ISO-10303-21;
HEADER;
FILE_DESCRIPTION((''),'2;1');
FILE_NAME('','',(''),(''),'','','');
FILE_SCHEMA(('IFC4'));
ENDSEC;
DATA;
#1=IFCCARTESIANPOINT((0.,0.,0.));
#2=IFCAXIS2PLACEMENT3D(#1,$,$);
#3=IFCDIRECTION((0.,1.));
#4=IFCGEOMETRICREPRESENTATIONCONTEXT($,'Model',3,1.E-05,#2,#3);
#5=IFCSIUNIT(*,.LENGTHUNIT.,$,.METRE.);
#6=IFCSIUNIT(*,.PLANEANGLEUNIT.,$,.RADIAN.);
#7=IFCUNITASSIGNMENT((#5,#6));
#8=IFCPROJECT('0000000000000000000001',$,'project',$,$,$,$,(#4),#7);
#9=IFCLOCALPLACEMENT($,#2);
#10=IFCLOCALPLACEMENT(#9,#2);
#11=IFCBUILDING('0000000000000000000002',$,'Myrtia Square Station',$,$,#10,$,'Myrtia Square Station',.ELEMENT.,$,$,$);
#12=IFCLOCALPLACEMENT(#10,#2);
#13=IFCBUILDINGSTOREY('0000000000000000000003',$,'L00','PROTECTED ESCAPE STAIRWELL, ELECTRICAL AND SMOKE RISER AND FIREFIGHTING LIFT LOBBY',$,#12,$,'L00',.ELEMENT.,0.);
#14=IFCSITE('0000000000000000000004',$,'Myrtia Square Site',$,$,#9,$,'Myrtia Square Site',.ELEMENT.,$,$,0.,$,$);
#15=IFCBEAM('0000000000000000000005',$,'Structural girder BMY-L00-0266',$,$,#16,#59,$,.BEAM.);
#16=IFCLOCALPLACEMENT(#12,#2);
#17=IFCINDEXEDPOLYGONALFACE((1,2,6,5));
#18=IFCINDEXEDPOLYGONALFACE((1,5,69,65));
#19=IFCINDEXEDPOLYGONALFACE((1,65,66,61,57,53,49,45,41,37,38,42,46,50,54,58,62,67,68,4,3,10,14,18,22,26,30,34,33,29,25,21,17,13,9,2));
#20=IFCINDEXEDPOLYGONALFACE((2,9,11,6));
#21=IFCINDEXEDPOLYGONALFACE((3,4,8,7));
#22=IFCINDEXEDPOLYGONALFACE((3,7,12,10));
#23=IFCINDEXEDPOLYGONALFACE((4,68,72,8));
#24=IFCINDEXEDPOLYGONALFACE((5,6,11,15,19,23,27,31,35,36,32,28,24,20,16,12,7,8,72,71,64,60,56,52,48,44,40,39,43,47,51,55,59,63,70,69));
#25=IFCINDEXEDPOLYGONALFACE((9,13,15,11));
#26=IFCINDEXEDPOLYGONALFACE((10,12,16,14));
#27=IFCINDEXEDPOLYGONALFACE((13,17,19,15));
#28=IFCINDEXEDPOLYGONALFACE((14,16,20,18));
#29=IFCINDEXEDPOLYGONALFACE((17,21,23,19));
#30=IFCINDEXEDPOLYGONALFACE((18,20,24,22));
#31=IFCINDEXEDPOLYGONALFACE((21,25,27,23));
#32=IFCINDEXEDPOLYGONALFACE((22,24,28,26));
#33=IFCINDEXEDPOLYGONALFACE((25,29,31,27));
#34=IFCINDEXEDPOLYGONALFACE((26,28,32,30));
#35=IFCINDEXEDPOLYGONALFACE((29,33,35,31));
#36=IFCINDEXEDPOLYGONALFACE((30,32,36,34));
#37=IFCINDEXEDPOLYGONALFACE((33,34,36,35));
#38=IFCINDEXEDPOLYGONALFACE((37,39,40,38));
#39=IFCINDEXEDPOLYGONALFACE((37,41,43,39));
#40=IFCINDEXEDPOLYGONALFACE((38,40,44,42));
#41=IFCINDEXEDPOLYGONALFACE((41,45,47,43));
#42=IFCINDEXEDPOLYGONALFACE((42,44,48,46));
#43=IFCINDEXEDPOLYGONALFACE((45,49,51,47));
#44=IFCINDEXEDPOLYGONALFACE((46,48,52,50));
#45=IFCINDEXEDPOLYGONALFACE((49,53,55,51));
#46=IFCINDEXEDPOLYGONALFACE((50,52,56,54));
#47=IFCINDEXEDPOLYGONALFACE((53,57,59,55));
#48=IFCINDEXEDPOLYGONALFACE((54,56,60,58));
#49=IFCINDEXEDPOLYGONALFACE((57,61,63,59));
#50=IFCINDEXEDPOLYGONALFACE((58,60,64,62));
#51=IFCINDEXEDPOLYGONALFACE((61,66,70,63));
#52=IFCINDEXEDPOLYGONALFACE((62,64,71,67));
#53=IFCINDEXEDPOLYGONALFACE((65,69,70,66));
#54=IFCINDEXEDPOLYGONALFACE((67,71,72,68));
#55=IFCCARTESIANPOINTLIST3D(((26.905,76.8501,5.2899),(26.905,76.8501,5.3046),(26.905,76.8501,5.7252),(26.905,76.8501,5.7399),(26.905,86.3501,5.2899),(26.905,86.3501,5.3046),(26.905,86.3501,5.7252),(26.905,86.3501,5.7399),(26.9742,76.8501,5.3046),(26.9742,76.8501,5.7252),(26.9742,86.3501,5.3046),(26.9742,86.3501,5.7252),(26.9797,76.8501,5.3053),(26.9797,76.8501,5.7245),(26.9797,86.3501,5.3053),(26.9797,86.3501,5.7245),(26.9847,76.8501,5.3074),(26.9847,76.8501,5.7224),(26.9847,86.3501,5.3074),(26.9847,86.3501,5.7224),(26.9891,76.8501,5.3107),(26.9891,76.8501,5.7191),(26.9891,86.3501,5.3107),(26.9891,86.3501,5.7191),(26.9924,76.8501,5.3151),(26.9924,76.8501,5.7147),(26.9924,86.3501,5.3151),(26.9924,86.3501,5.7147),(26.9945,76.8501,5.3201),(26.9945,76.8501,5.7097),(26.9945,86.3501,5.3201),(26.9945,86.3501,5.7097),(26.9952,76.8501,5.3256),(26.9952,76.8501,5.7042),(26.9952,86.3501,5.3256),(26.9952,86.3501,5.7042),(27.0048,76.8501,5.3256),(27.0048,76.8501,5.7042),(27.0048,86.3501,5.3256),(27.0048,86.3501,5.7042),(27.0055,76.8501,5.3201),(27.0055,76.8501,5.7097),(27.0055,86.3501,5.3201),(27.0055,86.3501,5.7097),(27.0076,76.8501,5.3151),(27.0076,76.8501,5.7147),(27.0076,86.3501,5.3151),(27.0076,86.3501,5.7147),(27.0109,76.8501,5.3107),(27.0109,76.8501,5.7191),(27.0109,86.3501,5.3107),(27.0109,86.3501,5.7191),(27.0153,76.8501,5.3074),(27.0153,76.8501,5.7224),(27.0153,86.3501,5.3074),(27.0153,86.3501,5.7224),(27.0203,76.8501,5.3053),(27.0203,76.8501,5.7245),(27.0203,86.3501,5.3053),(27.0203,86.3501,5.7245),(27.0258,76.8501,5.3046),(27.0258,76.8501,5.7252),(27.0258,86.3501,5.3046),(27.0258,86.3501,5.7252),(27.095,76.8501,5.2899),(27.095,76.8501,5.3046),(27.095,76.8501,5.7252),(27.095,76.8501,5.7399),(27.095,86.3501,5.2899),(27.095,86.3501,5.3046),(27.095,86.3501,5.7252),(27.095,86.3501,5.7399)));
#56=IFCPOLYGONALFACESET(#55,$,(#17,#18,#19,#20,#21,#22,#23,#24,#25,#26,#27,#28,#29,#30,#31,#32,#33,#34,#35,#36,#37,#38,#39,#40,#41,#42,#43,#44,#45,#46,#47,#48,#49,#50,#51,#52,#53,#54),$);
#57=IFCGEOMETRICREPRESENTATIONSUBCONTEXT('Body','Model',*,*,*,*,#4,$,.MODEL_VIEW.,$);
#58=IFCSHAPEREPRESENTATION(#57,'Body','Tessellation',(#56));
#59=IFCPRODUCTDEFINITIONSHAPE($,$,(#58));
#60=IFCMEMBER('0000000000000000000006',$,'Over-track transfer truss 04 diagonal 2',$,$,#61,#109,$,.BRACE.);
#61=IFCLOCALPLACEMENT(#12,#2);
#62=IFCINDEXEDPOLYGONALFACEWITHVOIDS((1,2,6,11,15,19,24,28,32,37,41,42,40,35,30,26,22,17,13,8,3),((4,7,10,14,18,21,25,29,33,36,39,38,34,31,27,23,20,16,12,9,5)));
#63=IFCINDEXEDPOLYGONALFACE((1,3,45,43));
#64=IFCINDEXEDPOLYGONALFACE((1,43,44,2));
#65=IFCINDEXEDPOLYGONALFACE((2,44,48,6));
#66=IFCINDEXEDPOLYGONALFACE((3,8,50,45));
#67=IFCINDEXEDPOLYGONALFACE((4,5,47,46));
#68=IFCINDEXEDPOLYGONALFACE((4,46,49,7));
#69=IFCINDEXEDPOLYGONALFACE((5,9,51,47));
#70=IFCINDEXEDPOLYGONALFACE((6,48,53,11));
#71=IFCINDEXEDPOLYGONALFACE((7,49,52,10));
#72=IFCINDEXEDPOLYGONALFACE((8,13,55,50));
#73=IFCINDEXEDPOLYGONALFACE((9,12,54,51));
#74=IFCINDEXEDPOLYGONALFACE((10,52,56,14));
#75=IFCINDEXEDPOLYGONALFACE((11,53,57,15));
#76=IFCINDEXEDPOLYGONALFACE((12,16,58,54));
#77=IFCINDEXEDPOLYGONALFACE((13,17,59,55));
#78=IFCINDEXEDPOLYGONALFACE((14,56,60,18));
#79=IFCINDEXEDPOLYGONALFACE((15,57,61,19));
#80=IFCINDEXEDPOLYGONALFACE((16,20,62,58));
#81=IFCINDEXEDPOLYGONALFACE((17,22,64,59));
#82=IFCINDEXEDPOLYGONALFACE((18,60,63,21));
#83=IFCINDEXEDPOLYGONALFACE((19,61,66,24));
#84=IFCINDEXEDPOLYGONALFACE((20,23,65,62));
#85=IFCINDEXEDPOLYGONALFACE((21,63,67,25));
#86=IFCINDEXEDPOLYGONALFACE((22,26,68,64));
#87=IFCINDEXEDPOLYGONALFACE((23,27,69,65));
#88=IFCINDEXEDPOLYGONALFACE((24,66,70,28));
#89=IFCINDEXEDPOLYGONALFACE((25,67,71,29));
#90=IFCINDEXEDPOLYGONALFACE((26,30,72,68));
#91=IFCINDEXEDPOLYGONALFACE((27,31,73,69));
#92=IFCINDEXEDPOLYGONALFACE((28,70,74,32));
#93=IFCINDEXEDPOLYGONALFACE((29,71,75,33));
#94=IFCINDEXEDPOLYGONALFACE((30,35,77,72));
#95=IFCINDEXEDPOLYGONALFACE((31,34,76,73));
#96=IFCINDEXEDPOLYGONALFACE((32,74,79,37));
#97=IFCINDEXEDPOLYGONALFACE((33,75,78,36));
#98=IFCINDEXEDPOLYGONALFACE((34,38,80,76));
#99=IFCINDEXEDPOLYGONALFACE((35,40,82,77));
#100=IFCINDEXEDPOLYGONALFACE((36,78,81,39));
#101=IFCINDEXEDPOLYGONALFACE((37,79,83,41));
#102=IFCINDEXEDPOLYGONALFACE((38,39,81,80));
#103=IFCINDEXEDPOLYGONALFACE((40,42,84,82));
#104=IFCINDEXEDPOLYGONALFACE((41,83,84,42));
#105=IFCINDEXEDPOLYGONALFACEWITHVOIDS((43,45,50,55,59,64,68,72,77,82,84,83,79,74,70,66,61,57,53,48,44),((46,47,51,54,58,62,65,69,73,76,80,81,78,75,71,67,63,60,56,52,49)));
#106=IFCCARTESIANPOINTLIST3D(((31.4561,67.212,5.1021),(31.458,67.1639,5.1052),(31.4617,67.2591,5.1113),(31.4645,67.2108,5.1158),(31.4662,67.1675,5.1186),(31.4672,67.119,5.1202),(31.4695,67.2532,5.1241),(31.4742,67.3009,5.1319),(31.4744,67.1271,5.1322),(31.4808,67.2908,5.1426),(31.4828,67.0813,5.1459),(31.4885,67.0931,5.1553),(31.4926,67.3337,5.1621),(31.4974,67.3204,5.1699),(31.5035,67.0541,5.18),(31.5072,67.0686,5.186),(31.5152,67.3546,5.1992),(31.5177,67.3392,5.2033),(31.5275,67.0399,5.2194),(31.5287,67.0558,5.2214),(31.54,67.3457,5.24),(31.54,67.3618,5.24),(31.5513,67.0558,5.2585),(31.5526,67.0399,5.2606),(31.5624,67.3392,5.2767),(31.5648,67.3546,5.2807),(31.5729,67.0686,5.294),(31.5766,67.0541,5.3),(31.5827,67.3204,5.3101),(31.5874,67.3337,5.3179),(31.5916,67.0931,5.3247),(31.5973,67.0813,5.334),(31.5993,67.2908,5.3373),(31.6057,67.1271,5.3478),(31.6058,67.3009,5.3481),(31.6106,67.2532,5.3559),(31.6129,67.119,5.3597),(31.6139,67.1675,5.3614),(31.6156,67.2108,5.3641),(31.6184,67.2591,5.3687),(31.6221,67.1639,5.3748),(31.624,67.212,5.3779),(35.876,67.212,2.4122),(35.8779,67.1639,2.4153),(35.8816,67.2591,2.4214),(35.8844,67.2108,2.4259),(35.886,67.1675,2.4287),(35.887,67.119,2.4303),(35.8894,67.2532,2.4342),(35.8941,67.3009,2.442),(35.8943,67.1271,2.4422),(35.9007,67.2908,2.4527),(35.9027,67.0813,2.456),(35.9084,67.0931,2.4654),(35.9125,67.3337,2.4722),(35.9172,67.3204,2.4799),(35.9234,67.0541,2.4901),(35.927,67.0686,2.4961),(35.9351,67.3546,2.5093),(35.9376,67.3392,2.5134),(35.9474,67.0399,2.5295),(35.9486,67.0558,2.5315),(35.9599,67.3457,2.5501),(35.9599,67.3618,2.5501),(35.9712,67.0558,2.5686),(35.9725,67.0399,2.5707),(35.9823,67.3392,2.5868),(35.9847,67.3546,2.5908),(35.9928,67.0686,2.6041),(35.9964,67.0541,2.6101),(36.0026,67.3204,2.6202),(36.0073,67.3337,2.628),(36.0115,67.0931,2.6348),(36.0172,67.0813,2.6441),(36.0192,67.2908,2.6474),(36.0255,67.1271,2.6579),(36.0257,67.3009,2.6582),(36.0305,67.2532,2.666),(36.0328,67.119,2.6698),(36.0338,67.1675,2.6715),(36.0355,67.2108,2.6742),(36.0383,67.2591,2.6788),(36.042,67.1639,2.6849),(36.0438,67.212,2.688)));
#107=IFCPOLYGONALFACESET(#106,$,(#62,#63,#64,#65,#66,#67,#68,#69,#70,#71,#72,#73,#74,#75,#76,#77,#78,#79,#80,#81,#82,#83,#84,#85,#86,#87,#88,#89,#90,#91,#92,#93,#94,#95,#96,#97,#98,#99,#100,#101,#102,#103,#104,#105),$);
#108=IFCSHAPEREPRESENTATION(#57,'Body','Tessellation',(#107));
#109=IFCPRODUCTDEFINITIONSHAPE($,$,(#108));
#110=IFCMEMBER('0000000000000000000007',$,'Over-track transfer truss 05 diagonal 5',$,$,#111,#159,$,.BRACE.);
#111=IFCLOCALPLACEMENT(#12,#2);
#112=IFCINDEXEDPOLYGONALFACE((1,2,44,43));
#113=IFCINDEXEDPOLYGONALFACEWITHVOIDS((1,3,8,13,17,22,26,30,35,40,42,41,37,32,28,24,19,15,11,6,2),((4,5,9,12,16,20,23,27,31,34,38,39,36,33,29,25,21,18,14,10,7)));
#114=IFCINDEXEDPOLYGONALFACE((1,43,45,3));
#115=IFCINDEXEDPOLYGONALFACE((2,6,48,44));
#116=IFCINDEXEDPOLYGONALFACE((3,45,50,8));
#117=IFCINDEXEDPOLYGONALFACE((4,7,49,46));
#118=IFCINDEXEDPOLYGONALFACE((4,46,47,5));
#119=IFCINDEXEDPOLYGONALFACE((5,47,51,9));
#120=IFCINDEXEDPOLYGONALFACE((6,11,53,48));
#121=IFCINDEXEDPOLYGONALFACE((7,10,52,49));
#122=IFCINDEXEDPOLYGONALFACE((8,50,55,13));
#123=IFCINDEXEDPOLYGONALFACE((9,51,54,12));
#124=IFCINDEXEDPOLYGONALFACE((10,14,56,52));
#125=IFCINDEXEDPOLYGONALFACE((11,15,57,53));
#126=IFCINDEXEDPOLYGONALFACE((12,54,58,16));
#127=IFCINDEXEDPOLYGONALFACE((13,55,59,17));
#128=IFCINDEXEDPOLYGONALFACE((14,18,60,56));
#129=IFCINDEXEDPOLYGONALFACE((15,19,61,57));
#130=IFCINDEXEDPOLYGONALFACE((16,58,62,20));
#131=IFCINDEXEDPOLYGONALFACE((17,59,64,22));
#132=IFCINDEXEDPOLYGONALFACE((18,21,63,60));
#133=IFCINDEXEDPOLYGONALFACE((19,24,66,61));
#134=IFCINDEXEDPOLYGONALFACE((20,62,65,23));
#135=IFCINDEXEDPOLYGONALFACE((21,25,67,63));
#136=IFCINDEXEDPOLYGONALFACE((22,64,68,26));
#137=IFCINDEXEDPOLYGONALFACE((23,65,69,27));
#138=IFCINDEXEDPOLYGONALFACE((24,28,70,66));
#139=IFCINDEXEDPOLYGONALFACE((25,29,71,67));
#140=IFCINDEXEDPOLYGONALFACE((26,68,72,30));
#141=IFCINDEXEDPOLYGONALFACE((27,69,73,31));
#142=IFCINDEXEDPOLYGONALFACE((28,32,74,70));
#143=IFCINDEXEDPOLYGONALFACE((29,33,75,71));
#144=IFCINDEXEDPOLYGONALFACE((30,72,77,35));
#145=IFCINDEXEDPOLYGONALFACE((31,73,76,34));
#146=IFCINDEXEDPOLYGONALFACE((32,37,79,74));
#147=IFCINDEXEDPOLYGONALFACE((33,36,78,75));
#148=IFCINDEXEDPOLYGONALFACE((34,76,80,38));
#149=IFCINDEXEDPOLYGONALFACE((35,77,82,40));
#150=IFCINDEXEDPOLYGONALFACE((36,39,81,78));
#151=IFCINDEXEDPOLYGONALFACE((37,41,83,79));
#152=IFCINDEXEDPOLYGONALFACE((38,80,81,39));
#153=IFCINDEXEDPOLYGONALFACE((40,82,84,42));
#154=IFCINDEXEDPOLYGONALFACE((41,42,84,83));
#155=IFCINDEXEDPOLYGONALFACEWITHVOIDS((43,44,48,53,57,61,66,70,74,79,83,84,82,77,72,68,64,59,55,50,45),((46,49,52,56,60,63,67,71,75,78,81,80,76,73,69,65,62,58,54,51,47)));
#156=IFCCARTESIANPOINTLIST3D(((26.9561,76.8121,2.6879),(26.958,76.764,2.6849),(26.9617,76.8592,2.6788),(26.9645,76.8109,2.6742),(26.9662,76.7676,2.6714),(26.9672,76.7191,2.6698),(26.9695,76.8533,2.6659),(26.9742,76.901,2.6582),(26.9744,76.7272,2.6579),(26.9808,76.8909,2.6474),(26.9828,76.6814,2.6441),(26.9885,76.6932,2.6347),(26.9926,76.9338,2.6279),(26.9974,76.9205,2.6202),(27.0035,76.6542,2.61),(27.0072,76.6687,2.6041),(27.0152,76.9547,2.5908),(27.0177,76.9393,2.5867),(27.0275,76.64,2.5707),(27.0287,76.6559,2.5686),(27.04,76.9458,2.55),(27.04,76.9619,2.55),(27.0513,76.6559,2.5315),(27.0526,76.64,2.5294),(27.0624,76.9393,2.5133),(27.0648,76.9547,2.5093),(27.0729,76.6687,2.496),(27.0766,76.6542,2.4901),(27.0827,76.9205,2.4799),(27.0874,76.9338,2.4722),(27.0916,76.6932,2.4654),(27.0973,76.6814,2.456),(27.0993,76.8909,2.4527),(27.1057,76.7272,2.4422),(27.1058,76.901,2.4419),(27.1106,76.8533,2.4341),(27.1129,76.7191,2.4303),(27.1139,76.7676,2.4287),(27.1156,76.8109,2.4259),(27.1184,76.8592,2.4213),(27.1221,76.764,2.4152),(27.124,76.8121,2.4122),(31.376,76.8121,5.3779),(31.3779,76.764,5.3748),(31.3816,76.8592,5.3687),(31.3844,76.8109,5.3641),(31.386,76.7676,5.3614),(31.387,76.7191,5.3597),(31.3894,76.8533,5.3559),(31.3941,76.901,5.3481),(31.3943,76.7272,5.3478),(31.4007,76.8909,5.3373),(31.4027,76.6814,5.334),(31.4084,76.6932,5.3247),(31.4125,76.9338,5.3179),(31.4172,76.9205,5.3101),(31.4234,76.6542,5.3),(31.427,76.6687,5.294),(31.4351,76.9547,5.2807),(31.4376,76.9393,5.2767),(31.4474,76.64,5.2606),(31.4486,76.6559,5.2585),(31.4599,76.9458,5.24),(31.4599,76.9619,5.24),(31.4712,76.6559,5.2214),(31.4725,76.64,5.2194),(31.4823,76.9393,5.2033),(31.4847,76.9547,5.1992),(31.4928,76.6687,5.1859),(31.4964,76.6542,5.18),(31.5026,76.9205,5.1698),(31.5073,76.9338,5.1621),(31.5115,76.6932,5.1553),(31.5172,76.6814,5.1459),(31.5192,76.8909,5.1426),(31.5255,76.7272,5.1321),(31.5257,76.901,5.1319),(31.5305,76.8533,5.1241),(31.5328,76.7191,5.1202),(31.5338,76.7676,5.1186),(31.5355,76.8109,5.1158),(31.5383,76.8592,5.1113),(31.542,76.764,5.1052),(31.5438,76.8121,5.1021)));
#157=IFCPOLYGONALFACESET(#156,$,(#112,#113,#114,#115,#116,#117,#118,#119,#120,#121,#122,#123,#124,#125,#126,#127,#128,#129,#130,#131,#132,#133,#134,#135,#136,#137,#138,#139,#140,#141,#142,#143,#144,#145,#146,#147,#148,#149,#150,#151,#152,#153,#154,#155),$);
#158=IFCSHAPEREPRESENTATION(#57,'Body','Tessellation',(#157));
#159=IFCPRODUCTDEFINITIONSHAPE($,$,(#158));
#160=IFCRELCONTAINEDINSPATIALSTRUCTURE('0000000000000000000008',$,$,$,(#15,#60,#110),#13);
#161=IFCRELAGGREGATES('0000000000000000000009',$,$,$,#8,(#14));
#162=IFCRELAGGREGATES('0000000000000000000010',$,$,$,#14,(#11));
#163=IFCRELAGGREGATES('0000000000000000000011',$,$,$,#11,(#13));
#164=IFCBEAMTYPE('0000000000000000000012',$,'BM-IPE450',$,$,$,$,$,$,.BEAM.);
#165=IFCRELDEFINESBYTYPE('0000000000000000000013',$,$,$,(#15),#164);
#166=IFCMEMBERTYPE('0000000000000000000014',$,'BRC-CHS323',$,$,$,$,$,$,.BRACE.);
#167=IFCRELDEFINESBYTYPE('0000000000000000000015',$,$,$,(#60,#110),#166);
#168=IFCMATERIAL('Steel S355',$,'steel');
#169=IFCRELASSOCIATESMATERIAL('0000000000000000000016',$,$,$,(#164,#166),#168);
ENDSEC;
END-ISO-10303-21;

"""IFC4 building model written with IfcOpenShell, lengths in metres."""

from ifc_helpers import new_model, si_unit, direction, frame, origin, origin_2d, place, context, subcontext, project, spatial, hollow_circle, i_section, extrude, material, material_profile, profile_set, type_object, element, save


model = new_model("IFC4")

# Units and contexts
model_context = context("Model", 3, precision=1e-05, world=origin(), true_north=direction((0.0, 1.0)))
body_context = subcontext(model_context, "Body", "Model", "MODEL_VIEW")
ifc_project = project(units=[si_unit("LENGTHUNIT", "METRE"), si_unit("PLANEANGLEUNIT", "RADIAN")], contexts=[model_context])

# Site, building, storey
site_placement = place(None, origin())
site = spatial("IfcSite", under=ifc_project, at=site_placement, Name="Myrtia Square Site", LongName="Myrtia Square Site", CompositionType="ELEMENT", RefElevation=0.0)
building_placement = place(site_placement, origin())
building = spatial("IfcBuilding", under=site, at=building_placement, Name="Myrtia Square Station", LongName="Myrtia Square Station", CompositionType="ELEMENT")
storey_placement = place(building_placement, origin())
storey = spatial("IfcBuildingStorey", under=building, at=storey_placement, Name="L00", Description="PROTECTED ESCAPE STAIRWELL, ELECTRICAL AND SMOKE RISER AND FIREFIGHTING LIFT LOBBY", LongName="L00", CompositionType="ELEMENT", Elevation=0.0)

# Shared definitions
ifc_material_1 = material(Name="Steel S355", Category="steel")

# Beam
ifc_material_profile_1 = material_profile(ifc_material_1, i_section(OverallWidth=0.1899, OverallDepth=0.45, WebThickness=0.0095, FlangeThickness=0.0146, FilletRadius=0.021, at=origin_2d()), Name="IPE 450")
ifc_profile_set_1 = profile_set([ifc_material_profile_1], Name="Steel S355")
beam_type_1 = type_object("IfcBeamType", Name="BM-IPE450", PredefinedType="BEAM", material=ifc_profile_set_1)
for number, where, z_axis, x_axis, name in (
    (1, (27.0, 76.8501, 5.5149), (0.0, 1.0, 0.0), (-1.0, 0.0, 0.0), "Structural girder BMY-L00-0266"),
):
    element("IfcBeam", number, at=place(storey_placement, frame(where, z_axis=z_axis, x_axis=x_axis)), inside=storey, type_object=beam_type_1, Name=name, PredefinedType="BEAM", context=body_context, shape_type="SweptSolid", body=[
        extrude(i_section(OverallWidth=0.1899, OverallDepth=0.45, WebThickness=0.0095, FlangeThickness=0.0146, FilletRadius=0.021, at=origin_2d()), origin(), (0.0, 0.0, 1.0), 9.5),
    ])

# Members
ifc_material_profile_2 = material_profile(ifc_material_1, hollow_circle(Radius=0.1619, WallThickness=0.0161, at=origin_2d()), Name="CHS 323.9x16")
ifc_profile_set_2 = profile_set([ifc_material_profile_2], Name="Steel S355")
member_type_1 = type_object("IfcMemberType", Name="BRC-CHS323", PredefinedType="BRACE", material=ifc_profile_set_2)
for number, where, z_axis, x_axis, name in (
    (2, (31.54, 67.2, 5.24), (0.854237, 0.0, -0.519884), (0.0, 1.0, 0.0), "Over-track transfer truss 04 diagonal 2"),
    (3, (27.04, 76.8, 2.55), (0.854237, 0.0, 0.519884), (0.0, 1.0, 0.0), "Over-track transfer truss 05 diagonal 5"),
):
    element("IfcMember", number, at=place(storey_placement, frame(where, z_axis=z_axis, x_axis=x_axis)), inside=storey, type_object=member_type_1, Name=name, PredefinedType="BRACE", context=body_context, shape_type="SweptSolid", body=[
        extrude(hollow_circle(Radius=0.1619, WallThickness=0.0161, at=origin_2d()), origin(), (0.0, 0.0, 1.0), 5.1741),
    ])

save(model, "model.ifc")
